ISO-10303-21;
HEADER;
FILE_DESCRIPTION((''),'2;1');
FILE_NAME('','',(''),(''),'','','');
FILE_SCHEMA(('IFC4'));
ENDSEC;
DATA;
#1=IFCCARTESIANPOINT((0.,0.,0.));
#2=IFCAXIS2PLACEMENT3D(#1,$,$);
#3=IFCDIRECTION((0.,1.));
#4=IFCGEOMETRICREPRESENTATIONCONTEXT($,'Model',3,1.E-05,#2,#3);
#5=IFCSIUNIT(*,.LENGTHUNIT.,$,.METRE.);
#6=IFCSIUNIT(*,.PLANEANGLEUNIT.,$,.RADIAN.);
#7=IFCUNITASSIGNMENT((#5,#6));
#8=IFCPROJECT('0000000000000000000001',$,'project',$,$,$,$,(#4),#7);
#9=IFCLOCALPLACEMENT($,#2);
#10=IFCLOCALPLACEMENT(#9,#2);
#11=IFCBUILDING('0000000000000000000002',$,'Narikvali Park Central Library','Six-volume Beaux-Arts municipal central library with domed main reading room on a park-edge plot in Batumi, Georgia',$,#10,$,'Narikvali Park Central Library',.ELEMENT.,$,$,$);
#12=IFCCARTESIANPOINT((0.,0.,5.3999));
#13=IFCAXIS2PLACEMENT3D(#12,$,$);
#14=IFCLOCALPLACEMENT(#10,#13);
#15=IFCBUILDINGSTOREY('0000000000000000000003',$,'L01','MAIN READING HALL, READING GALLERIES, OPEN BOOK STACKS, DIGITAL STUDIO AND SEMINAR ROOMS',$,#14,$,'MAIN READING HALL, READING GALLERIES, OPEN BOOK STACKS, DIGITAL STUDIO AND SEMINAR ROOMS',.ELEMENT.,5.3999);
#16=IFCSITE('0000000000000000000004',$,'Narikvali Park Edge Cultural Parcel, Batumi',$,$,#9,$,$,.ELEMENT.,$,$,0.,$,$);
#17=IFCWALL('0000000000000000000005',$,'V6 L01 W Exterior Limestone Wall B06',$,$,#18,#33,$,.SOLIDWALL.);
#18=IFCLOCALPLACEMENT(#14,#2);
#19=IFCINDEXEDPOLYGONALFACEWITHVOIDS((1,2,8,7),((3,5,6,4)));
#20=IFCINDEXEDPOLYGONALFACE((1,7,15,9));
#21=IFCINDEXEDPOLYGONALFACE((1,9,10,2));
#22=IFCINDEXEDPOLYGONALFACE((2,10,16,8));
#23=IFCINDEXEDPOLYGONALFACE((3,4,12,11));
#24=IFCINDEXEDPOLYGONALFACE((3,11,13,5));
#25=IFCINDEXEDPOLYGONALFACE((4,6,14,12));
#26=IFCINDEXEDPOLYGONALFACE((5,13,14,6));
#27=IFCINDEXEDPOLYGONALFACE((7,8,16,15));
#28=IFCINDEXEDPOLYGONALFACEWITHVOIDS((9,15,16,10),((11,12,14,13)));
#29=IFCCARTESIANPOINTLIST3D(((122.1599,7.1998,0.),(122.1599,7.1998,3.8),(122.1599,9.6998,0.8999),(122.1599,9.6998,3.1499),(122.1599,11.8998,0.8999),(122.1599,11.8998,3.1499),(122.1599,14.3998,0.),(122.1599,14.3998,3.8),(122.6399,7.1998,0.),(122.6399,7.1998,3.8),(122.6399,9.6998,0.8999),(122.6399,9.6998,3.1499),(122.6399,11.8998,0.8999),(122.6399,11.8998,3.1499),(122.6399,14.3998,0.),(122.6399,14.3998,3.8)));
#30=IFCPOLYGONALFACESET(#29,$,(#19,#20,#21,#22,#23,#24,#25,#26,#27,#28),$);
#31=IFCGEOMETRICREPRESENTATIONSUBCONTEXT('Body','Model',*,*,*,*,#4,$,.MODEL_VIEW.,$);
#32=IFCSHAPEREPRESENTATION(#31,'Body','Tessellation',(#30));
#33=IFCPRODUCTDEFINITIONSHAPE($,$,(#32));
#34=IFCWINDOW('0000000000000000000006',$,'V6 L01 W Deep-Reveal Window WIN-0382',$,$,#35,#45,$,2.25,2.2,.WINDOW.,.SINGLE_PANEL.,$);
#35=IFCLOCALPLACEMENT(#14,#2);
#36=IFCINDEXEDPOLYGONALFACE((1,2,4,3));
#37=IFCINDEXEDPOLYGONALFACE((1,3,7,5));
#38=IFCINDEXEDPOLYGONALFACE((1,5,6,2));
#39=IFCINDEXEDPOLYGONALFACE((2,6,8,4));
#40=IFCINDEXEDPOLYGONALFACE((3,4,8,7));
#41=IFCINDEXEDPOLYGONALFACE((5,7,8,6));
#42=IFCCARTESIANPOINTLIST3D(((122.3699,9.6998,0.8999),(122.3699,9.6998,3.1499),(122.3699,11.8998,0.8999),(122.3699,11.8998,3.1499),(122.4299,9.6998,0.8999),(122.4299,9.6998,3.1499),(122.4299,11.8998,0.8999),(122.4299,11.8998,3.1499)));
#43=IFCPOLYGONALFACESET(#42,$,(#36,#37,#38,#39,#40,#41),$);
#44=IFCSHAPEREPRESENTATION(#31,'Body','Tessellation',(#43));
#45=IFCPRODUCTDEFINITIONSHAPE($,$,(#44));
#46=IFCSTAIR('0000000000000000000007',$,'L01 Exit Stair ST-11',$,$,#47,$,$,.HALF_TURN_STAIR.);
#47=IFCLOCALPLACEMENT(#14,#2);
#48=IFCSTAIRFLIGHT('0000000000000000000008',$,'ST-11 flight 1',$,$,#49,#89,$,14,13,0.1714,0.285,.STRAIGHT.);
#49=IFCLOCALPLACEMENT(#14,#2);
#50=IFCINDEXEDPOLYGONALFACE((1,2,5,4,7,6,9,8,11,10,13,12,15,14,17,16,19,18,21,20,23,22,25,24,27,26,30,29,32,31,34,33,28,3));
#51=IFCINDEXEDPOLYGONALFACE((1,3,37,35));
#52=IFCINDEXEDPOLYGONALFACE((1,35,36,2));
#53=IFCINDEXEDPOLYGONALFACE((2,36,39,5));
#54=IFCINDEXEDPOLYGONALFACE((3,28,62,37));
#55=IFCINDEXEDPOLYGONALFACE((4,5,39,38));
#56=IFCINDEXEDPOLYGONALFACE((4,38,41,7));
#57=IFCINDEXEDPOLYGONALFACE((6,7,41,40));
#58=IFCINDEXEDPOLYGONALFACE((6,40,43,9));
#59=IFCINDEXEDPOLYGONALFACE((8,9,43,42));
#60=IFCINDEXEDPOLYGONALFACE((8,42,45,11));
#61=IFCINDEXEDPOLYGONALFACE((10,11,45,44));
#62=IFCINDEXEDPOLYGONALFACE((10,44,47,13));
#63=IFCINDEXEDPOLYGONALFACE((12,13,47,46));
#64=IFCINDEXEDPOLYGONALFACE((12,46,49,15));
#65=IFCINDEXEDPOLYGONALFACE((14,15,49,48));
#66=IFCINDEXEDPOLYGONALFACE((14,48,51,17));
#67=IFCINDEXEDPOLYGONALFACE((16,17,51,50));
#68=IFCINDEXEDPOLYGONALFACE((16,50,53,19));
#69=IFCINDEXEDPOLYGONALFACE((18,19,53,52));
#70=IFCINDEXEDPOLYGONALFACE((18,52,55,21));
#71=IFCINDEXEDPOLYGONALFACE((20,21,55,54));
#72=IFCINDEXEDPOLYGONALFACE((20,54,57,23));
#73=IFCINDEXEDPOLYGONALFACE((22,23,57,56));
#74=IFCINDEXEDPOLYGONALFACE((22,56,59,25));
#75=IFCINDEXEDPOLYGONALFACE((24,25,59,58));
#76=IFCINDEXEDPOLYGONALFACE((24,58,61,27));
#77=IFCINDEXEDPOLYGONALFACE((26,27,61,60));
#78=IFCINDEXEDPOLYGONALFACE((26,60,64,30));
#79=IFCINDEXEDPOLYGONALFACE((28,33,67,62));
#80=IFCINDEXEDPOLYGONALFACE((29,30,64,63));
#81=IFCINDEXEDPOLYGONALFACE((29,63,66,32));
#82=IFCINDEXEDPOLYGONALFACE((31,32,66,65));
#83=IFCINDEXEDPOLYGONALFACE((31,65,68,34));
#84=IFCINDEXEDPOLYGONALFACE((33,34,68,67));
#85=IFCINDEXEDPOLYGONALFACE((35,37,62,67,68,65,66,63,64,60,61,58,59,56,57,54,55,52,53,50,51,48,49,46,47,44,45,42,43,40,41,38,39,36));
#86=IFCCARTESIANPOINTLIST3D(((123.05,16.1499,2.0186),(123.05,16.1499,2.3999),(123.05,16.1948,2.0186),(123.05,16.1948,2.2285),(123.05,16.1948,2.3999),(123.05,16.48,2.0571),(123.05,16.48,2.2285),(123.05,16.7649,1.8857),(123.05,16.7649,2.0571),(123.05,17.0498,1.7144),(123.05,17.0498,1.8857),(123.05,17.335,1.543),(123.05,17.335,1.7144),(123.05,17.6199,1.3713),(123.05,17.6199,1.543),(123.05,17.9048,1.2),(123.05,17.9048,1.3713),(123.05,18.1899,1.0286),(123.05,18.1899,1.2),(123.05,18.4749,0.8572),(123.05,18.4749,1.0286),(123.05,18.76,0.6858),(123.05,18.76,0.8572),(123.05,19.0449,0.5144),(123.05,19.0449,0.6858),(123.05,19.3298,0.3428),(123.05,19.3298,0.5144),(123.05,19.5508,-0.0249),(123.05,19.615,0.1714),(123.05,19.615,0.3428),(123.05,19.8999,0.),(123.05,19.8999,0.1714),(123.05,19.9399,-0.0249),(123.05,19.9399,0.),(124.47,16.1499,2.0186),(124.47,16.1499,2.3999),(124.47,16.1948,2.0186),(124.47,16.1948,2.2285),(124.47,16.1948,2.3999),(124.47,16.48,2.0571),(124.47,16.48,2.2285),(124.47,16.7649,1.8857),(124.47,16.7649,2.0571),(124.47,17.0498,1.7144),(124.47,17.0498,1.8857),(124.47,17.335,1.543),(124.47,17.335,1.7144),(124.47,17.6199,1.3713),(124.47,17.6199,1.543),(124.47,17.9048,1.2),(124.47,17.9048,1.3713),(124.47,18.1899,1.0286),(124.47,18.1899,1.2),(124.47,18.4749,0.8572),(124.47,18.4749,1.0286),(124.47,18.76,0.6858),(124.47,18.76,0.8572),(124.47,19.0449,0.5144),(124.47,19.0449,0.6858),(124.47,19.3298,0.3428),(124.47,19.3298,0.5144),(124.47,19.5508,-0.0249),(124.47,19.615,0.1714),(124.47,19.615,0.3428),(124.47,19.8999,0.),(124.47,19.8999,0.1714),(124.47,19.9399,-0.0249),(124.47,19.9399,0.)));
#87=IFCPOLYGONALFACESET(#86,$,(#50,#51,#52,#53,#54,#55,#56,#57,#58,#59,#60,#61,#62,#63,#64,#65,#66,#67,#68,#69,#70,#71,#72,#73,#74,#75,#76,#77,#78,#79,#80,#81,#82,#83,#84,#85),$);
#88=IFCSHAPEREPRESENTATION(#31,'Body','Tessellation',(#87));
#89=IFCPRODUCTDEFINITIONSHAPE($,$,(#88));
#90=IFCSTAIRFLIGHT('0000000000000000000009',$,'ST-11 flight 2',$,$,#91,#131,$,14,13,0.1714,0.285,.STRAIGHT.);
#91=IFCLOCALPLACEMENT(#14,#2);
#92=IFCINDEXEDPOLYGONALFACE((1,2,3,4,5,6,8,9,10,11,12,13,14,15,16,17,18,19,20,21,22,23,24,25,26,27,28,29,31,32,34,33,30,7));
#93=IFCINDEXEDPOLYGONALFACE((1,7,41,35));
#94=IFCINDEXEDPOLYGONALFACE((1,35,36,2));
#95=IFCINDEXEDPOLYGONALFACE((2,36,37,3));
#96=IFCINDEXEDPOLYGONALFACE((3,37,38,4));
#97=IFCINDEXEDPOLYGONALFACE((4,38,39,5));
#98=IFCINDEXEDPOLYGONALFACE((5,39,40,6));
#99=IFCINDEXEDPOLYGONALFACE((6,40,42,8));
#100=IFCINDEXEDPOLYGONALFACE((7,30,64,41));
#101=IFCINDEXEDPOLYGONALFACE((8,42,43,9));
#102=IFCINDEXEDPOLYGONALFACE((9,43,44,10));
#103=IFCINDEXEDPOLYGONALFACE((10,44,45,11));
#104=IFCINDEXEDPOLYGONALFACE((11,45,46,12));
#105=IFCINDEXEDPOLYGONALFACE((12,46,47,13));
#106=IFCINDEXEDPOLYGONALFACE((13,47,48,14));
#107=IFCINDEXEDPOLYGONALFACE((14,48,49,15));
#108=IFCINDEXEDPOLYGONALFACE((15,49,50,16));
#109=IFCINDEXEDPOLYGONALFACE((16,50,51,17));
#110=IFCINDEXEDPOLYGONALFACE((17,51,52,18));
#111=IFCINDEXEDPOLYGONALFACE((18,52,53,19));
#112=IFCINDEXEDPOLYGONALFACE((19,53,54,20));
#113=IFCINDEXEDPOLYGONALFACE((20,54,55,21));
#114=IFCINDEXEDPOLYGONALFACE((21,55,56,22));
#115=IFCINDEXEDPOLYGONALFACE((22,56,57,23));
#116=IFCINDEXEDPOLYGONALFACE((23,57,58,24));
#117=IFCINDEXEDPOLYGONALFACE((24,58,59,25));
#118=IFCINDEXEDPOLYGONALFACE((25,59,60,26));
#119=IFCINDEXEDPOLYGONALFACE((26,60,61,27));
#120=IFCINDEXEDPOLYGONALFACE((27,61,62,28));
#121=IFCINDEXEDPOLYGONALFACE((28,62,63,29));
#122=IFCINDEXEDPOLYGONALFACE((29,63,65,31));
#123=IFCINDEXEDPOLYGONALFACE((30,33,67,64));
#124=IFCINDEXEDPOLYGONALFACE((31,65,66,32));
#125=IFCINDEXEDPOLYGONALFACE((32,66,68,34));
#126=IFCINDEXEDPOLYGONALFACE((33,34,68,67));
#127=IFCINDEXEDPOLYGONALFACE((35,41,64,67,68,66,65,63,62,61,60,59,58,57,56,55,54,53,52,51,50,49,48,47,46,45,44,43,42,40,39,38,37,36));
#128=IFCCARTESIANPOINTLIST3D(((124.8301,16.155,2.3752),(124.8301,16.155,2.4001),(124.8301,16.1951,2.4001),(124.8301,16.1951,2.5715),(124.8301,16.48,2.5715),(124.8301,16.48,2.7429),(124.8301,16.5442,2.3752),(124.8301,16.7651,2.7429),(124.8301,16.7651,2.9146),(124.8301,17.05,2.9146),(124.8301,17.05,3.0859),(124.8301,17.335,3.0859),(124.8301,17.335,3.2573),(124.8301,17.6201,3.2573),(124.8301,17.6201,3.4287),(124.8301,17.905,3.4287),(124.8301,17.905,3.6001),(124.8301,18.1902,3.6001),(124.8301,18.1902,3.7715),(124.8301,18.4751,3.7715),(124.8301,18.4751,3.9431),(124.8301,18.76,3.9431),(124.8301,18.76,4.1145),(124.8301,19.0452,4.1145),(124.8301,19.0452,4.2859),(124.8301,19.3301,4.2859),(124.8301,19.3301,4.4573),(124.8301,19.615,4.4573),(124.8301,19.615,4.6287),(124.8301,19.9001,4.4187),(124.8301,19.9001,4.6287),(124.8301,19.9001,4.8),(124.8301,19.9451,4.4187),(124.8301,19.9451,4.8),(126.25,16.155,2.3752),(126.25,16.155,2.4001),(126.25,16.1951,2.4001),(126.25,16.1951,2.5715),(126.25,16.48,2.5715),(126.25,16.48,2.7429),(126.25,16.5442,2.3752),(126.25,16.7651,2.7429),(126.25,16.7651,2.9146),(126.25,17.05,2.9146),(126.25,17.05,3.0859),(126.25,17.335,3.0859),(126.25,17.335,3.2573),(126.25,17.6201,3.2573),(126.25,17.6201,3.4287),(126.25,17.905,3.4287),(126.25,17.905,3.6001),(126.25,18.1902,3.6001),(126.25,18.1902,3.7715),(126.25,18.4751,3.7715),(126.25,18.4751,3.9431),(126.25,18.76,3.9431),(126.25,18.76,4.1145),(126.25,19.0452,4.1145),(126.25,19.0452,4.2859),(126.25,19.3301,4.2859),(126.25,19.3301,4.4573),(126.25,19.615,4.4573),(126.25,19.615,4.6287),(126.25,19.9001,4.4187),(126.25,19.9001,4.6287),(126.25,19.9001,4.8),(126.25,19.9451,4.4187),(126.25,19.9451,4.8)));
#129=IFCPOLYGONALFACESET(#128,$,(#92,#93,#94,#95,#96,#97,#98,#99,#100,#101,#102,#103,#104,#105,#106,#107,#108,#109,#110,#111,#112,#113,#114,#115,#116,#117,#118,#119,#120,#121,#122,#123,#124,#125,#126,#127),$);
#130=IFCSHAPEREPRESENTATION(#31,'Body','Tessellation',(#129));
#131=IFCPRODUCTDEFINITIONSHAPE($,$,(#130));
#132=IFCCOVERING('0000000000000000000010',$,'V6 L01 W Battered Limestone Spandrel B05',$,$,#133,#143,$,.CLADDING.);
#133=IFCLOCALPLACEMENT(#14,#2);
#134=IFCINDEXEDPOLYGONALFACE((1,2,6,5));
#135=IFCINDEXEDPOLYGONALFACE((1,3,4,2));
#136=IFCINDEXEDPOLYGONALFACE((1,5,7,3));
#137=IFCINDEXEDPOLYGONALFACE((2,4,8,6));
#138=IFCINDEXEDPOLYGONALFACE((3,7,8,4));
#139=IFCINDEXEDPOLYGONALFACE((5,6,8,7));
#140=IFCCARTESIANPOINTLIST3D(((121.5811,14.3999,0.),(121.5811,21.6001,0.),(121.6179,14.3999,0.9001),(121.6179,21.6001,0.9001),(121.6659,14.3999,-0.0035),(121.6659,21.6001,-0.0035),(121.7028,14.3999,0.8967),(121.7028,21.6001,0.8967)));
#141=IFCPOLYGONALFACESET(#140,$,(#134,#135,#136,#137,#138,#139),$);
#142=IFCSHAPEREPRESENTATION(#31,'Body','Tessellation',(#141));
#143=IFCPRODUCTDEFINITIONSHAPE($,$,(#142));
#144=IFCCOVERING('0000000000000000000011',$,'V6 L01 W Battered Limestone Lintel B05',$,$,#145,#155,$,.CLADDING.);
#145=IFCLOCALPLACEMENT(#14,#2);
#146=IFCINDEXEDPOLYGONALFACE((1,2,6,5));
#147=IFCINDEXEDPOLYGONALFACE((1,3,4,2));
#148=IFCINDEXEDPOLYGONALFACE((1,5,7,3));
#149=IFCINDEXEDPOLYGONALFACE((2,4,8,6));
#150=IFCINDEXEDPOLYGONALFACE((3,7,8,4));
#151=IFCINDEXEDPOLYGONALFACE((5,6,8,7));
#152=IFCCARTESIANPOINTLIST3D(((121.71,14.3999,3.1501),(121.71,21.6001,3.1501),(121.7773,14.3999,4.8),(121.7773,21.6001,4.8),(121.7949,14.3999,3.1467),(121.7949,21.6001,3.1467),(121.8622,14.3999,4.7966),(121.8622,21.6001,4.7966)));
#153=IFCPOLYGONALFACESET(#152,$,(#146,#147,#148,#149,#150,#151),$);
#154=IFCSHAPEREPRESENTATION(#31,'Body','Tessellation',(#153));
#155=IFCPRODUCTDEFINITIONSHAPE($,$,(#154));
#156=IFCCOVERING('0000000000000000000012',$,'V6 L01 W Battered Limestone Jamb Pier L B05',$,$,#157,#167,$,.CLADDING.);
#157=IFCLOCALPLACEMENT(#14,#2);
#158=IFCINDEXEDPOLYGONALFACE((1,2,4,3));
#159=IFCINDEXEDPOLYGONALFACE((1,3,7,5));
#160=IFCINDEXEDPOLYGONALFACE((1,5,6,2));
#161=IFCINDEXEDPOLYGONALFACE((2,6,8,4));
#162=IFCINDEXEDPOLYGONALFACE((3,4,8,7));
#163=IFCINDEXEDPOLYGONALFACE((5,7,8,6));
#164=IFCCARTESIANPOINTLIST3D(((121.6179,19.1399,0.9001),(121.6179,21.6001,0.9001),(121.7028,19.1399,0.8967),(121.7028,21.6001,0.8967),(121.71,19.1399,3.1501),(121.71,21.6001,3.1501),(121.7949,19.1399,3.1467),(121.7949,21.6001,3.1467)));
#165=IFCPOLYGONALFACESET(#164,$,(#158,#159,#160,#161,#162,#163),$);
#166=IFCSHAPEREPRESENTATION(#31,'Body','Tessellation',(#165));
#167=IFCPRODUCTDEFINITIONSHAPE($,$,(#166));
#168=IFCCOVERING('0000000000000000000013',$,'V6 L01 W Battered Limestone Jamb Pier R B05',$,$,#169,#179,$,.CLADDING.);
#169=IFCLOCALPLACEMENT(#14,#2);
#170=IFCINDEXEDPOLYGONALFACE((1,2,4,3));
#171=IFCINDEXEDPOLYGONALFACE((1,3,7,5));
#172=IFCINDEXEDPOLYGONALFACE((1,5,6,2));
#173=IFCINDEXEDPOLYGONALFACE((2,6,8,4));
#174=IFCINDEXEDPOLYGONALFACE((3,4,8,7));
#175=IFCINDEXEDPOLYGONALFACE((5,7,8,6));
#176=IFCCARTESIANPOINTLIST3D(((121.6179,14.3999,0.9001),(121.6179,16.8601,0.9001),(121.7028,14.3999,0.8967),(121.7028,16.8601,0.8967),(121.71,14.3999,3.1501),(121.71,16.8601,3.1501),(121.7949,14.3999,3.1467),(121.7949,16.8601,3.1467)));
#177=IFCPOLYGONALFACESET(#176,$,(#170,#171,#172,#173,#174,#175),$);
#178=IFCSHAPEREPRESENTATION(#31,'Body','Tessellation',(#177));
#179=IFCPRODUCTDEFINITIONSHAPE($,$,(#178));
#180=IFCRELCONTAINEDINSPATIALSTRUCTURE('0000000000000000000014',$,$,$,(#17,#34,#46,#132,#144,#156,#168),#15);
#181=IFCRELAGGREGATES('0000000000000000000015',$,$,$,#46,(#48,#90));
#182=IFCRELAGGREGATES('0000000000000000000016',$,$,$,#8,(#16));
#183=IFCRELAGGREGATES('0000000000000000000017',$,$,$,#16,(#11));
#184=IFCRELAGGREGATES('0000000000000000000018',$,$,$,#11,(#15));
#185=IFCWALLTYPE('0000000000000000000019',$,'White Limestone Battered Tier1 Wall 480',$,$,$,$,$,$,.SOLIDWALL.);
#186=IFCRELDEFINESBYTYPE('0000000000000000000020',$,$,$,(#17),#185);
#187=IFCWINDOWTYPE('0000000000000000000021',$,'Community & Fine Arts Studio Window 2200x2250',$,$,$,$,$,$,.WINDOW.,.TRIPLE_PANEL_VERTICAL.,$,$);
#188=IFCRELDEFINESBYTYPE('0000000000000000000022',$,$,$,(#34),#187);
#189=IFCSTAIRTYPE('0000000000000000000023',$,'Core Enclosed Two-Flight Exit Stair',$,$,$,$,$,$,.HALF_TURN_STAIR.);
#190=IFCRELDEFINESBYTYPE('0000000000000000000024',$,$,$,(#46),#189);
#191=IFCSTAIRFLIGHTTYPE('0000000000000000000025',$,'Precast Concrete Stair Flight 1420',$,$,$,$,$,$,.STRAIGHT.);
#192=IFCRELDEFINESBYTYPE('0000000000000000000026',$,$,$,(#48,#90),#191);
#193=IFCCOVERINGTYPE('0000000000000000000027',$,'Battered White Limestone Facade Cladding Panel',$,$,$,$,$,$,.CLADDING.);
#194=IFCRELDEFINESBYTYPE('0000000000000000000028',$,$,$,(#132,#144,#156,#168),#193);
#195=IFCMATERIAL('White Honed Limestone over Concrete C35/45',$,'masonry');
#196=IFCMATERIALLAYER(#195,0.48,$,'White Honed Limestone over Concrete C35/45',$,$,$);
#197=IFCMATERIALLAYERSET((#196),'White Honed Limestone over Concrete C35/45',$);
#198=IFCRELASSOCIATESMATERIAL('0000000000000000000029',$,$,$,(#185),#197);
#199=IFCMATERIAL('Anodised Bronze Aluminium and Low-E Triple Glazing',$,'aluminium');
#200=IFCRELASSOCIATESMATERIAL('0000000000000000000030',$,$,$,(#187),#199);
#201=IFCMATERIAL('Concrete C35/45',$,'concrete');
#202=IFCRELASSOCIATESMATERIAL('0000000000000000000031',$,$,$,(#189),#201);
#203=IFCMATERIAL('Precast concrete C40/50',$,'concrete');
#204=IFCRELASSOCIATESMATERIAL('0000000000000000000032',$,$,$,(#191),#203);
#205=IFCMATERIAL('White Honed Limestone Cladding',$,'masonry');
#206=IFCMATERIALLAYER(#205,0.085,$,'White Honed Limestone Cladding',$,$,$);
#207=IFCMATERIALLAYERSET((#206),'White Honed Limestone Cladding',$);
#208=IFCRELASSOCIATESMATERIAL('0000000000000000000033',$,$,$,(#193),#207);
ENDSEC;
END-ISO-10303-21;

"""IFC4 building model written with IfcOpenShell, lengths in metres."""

from ifc_helpers import new_model, si_unit, direction, frame, frame_2d, origin, place, context, subcontext, project, spatial, polyline, rectangle, outline, extrude, material, layer, layer_set, type_object, element, fill, aggregate, save


model = new_model("IFC4")

# Units and contexts
model_context = context("Model", 3, precision=1e-05, world=origin(), true_north=direction((0.0, 1.0)))
body_context = subcontext(model_context, "Body", "Model", "MODEL_VIEW")
ifc_project = project(units=[si_unit("LENGTHUNIT", "METRE"), si_unit("PLANEANGLEUNIT", "RADIAN")], contexts=[model_context])

# Site, building, storey
site_placement = place(None, origin())
site = spatial("IfcSite", under=ifc_project, at=site_placement, Name="Narikvali Park Edge Cultural Parcel, Batumi", CompositionType="ELEMENT", RefElevation=0.0)
building_placement = place(site_placement, origin())
building = spatial("IfcBuilding", under=site, at=building_placement, Name="Narikvali Park Central Library", Description="Six-volume Beaux-Arts municipal central library with domed main reading room on a park-edge plot in Batumi, Georgia", LongName="Narikvali Park Central Library", CompositionType="ELEMENT")
storey_placement = place(building_placement, frame((0.0, 0.0, 5.3999)))
storey = spatial("IfcBuildingStorey", under=building, at=storey_placement, Name="L01", Description="MAIN READING HALL, READING GALLERIES, OPEN BOOK STACKS, DIGITAL STUDIO AND SEMINAR ROOMS", LongName="MAIN READING HALL, READING GALLERIES, OPEN BOOK STACKS, DIGITAL STUDIO AND SEMINAR ROOMS", CompositionType="ELEMENT", Elevation=5.3999)

# Wall, opening, window
ifc_material_1 = material(Name="White Honed Limestone over Concrete C35/45", Category="masonry")
ifc_layer_1 = layer(ifc_material_1, 0.48, Name="White Honed Limestone over Concrete C35/45")
ifc_layer_set_1 = layer_set([ifc_layer_1], Name="White Honed Limestone over Concrete C35/45")
wall_type_1 = type_object("IfcWallType", Name="White Limestone Battered Tier1 Wall 480", PredefinedType="SOLIDWALL", material=ifc_layer_set_1)
wall_1_placement = place(storey_placement, frame((122.3999, 14.3999, 0.0), z_axis=(0.0, 0.0, 1.0), x_axis=(0.0, -1.0, 0.0)))
wall_1 = element("IfcWall", 1, at=wall_1_placement, inside=storey, type_object=wall_type_1, Name="V6 L01 W Exterior Limestone Wall B06", PredefinedType="SOLIDWALL", context=body_context, shape_type="SweptSolid", body=[
    extrude(rectangle(XDim=7.2, YDim=0.48, at=frame_2d((3.6001, 0.0))), origin(), (0.0, 0.0, 1.0), 3.8),
])
opening_1_placement = place(wall_1_placement, frame((2.5, 0.0, 0.8999)))
opening_1 = element("IfcOpeningElement", 2, at=opening_1_placement, cuts=wall_1, PredefinedType="OPENING", context=body_context, shape_type="SweptSolid", body=[
    extrude(rectangle(XDim=2.2, YDim=2.25, at=frame_2d((1.1001, 1.125))), frame((0.0, 0.252, 0.0), z_axis=(0.0, -1.0, 0.0), x_axis=(1.0, 0.0, 0.0)), (0.0, 0.0, 1.0), 0.5039),
])
ifc_material_2 = material(Name="Anodised Bronze Aluminium and Low-E Triple Glazing", Category="aluminium")
window_type = type_object("IfcWindowType", Name="Community & Fine Arts Studio Window 2200x2250", PartitioningType="TRIPLE_PANEL_VERTICAL", PredefinedType="WINDOW", material=ifc_material_2)
window_placement = place(opening_1_placement, origin())
window = element("IfcWindow", 3, at=window_placement, inside=storey, type_object=window_type, Name="V6 L01 W Deep-Reveal Window WIN-0382", OverallHeight=2.25, OverallWidth=2.2, PartitioningType="SINGLE_PANEL", PredefinedType="WINDOW", context=body_context, shape_type="SweptSolid", body=[
    extrude(rectangle(XDim=2.2, YDim=2.25, at=frame_2d((1.1001, 1.125))), frame((0.0, 0.03, 0.0), z_axis=(0.0, -1.0, 0.0), x_axis=(1.0, 0.0, 0.0)), (0.0, 0.0, 1.0), 0.0601),
])
fill(opening_1, window)

# Stair, stair flights
ifc_material_3 = material(Name="Concrete C35/45", Category="concrete")
stair_type = type_object("IfcStairType", Name="Core Enclosed Two-Flight Exit Stair", PredefinedType="HALF_TURN_STAIR", material=ifc_material_3)
stair_placement = place(storey_placement, origin())
stair = element("IfcStair", 4, at=stair_placement, inside=storey, type_object=stair_type, Name="L01 Exit Stair ST-11", PredefinedType="HALF_TURN_STAIR")
ifc_material_4 = material(Name="Precast concrete C40/50", Category="concrete")
stair_flight_type = type_object("IfcStairFlightType", Name="Precast Concrete Stair Flight 1420", PredefinedType="STRAIGHT", material=ifc_material_4)
stair_flight_1_placement = place(storey_placement, frame((123.76, 19.8999, 0.0), z_axis=(0.0, 0.0, 1.0), x_axis=(0.0, -1.0, 0.0)))
stair_flight_1 = element("IfcStairFlight", 5, at=stair_flight_1_placement, type_object=stair_flight_type, Name="ST-11 flight 1", NumberOfRisers=14, NumberOfTreads=13, PredefinedType="STRAIGHT", RiserHeight=0.1714, TreadLength=0.285, context=body_context, shape_type="SweptSolid", body=[
    extrude(outline(polyline([(-0.04, -0.0249), (-0.04, 0.0), (0.0, 0.0), (0.0, 0.1714), (0.2849, 0.1714), (0.2849, 0.3428), (0.5701, 0.3428), (0.5701, 0.5144), (0.855, 0.5144), (0.855, 0.6858), (1.1399, 0.6858), (1.1399, 0.8572), (1.425, 0.8572), (1.425, 1.0286), (1.71, 1.0286), (1.71, 1.2), (1.9951, 1.2), (1.9951, 1.3713), (2.28, 1.3713), (2.28, 1.543), (2.5649, 1.543), (2.5649, 1.7144), (2.8501, 1.7144), (2.8501, 1.8857), (3.135, 1.8857), (3.135, 2.0571), (3.4199, 2.0571), (3.4199, 2.2285), (3.7051, 2.2285), (3.7051, 2.3999), (3.75, 2.3999), (3.75, 2.0186), (3.7051, 2.0186), (0.3491, -0.0249), (-0.04, -0.0249)])), frame((0.0, 0.71, 0.0), z_axis=(0.0, -1.0, 0.0), x_axis=(1.0, 0.0, 0.0)), (0.0, 0.0, 1.0), 1.4199),
])
stair_flight_2_placement = place(storey_placement, frame((125.54, 16.1951, 2.4001), z_axis=(0.0, 0.0, 1.0), x_axis=(0.0, 1.0, 0.0)))
stair_flight_2 = element("IfcStairFlight", 6, at=stair_flight_2_placement, type_object=stair_flight_type, Name="ST-11 flight 2", NumberOfRisers=14, NumberOfTreads=13, PredefinedType="STRAIGHT", RiserHeight=0.1714, TreadLength=0.285, context=body_context, shape_type="SweptSolid", body=[
    extrude(outline(polyline([(-0.04, -0.0249), (-0.04, 0.0), (0.0, 0.0), (0.0, 0.1714), (0.2849, 0.1714), (0.2849, 0.3428), (0.5701, 0.3428), (0.5701, 0.5144), (0.855, 0.5144), (0.855, 0.6858), (1.1399, 0.6858), (1.1399, 0.8572), (1.425, 0.8572), (1.425, 1.0286), (1.71, 1.0286), (1.71, 1.2), (1.9951, 1.2), (1.9951, 1.3713), (2.28, 1.3713), (2.28, 1.543), (2.5649, 1.543), (2.5649, 1.7144), (2.8501, 1.7144), (2.8501, 1.8857), (3.135, 1.8857), (3.135, 2.0571), (3.4199, 2.0571), (3.4199, 2.2285), (3.7051, 2.2285), (3.7051, 2.3999), (3.75, 2.3999), (3.75, 2.0186), (3.7051, 2.0186), (0.3491, -0.0249), (-0.04, -0.0249)])), frame((0.0, 0.71, 0.0), z_axis=(0.0, -1.0, 0.0), x_axis=(1.0, 0.0, 0.0)), (0.0, 0.0, 1.0), 1.4199),
])
aggregate(stair, [stair_flight_1, stair_flight_2])

# Coverings
ifc_material_5 = material(Name="White Honed Limestone Cladding", Category="masonry")
ifc_layer_2 = layer(ifc_material_5, 0.085, Name="White Honed Limestone Cladding")
ifc_layer_set_2 = layer_set([ifc_layer_2], Name="White Honed Limestone Cladding")
covering_type = type_object("IfcCoveringType", Name="Battered White Limestone Facade Cladding Panel", PredefinedType="CLADDING", material=ifc_layer_set_2)
covering_1_placement = place(storey_placement, frame((121.5811, 21.6001, 0.0), z_axis=(-0.999162, 0.0, 0.04092), x_axis=(0.0, -1.0, 0.0)))
element("IfcCovering", 7, at=covering_1_placement, inside=storey, type_object=covering_type, Name="V6 L01 W Battered Limestone Spandrel B05", PredefinedType="CLADDING", context=body_context, shape_type="SweptSolid", body=[
    extrude(outline(polyline([(0.0, 0.0), (7.2002, 0.0), (7.2002, 0.9009), (0.0, 0.9009), (0.0, 0.0)])), origin(), (0.0, 0.0, -1.0), 0.085),
])
covering_2_placement = place(storey_placement, frame((121.71, 21.6001, 3.1501), z_axis=(-0.999167, 0.0, 0.040806), x_axis=(0.0, -1.0, 0.0)))
element("IfcCovering", 8, at=covering_2_placement, inside=storey, type_object=covering_type, Name="V6 L01 W Battered Limestone Lintel B05", PredefinedType="CLADDING", context=body_context, shape_type="SweptSolid", body=[
    extrude(outline(polyline([(0.0, 0.0), (7.2002, 0.0), (7.2002, 1.6513), (0.0, 1.6513), (0.0, 0.0)])), origin(), (0.0, 0.0, -1.0), 0.085),
])
for number, where, z_axis, x_axis, name in (
    (9, (121.6179, 21.6001, 0.9001), (-0.999164, 0.0, 0.040873), (0.0, -1.0, 0.0), "V6 L01 W Battered Limestone Jamb Pier L B05"),
    (10, (121.6179, 16.8601, 0.9001), (-0.999164, 0.0, 0.040873), (0.0, -1.0, 0.0), "V6 L01 W Battered Limestone Jamb Pier R B05"),
):
    element("IfcCovering", number, at=place(storey_placement, frame(where, z_axis=z_axis, x_axis=x_axis)), inside=storey, type_object=covering_type, Name=name, PredefinedType="CLADDING", context=body_context, shape_type="SweptSolid", body=[
        extrude(outline(polyline([(0.0, 0.0), (2.4602, 0.0), (2.4602, 2.2519), (0.0, 2.2519), (0.0, 0.0)])), origin(), (0.0, 0.0, -1.0), 0.085),
    ])

save(model, "model.ifc")
